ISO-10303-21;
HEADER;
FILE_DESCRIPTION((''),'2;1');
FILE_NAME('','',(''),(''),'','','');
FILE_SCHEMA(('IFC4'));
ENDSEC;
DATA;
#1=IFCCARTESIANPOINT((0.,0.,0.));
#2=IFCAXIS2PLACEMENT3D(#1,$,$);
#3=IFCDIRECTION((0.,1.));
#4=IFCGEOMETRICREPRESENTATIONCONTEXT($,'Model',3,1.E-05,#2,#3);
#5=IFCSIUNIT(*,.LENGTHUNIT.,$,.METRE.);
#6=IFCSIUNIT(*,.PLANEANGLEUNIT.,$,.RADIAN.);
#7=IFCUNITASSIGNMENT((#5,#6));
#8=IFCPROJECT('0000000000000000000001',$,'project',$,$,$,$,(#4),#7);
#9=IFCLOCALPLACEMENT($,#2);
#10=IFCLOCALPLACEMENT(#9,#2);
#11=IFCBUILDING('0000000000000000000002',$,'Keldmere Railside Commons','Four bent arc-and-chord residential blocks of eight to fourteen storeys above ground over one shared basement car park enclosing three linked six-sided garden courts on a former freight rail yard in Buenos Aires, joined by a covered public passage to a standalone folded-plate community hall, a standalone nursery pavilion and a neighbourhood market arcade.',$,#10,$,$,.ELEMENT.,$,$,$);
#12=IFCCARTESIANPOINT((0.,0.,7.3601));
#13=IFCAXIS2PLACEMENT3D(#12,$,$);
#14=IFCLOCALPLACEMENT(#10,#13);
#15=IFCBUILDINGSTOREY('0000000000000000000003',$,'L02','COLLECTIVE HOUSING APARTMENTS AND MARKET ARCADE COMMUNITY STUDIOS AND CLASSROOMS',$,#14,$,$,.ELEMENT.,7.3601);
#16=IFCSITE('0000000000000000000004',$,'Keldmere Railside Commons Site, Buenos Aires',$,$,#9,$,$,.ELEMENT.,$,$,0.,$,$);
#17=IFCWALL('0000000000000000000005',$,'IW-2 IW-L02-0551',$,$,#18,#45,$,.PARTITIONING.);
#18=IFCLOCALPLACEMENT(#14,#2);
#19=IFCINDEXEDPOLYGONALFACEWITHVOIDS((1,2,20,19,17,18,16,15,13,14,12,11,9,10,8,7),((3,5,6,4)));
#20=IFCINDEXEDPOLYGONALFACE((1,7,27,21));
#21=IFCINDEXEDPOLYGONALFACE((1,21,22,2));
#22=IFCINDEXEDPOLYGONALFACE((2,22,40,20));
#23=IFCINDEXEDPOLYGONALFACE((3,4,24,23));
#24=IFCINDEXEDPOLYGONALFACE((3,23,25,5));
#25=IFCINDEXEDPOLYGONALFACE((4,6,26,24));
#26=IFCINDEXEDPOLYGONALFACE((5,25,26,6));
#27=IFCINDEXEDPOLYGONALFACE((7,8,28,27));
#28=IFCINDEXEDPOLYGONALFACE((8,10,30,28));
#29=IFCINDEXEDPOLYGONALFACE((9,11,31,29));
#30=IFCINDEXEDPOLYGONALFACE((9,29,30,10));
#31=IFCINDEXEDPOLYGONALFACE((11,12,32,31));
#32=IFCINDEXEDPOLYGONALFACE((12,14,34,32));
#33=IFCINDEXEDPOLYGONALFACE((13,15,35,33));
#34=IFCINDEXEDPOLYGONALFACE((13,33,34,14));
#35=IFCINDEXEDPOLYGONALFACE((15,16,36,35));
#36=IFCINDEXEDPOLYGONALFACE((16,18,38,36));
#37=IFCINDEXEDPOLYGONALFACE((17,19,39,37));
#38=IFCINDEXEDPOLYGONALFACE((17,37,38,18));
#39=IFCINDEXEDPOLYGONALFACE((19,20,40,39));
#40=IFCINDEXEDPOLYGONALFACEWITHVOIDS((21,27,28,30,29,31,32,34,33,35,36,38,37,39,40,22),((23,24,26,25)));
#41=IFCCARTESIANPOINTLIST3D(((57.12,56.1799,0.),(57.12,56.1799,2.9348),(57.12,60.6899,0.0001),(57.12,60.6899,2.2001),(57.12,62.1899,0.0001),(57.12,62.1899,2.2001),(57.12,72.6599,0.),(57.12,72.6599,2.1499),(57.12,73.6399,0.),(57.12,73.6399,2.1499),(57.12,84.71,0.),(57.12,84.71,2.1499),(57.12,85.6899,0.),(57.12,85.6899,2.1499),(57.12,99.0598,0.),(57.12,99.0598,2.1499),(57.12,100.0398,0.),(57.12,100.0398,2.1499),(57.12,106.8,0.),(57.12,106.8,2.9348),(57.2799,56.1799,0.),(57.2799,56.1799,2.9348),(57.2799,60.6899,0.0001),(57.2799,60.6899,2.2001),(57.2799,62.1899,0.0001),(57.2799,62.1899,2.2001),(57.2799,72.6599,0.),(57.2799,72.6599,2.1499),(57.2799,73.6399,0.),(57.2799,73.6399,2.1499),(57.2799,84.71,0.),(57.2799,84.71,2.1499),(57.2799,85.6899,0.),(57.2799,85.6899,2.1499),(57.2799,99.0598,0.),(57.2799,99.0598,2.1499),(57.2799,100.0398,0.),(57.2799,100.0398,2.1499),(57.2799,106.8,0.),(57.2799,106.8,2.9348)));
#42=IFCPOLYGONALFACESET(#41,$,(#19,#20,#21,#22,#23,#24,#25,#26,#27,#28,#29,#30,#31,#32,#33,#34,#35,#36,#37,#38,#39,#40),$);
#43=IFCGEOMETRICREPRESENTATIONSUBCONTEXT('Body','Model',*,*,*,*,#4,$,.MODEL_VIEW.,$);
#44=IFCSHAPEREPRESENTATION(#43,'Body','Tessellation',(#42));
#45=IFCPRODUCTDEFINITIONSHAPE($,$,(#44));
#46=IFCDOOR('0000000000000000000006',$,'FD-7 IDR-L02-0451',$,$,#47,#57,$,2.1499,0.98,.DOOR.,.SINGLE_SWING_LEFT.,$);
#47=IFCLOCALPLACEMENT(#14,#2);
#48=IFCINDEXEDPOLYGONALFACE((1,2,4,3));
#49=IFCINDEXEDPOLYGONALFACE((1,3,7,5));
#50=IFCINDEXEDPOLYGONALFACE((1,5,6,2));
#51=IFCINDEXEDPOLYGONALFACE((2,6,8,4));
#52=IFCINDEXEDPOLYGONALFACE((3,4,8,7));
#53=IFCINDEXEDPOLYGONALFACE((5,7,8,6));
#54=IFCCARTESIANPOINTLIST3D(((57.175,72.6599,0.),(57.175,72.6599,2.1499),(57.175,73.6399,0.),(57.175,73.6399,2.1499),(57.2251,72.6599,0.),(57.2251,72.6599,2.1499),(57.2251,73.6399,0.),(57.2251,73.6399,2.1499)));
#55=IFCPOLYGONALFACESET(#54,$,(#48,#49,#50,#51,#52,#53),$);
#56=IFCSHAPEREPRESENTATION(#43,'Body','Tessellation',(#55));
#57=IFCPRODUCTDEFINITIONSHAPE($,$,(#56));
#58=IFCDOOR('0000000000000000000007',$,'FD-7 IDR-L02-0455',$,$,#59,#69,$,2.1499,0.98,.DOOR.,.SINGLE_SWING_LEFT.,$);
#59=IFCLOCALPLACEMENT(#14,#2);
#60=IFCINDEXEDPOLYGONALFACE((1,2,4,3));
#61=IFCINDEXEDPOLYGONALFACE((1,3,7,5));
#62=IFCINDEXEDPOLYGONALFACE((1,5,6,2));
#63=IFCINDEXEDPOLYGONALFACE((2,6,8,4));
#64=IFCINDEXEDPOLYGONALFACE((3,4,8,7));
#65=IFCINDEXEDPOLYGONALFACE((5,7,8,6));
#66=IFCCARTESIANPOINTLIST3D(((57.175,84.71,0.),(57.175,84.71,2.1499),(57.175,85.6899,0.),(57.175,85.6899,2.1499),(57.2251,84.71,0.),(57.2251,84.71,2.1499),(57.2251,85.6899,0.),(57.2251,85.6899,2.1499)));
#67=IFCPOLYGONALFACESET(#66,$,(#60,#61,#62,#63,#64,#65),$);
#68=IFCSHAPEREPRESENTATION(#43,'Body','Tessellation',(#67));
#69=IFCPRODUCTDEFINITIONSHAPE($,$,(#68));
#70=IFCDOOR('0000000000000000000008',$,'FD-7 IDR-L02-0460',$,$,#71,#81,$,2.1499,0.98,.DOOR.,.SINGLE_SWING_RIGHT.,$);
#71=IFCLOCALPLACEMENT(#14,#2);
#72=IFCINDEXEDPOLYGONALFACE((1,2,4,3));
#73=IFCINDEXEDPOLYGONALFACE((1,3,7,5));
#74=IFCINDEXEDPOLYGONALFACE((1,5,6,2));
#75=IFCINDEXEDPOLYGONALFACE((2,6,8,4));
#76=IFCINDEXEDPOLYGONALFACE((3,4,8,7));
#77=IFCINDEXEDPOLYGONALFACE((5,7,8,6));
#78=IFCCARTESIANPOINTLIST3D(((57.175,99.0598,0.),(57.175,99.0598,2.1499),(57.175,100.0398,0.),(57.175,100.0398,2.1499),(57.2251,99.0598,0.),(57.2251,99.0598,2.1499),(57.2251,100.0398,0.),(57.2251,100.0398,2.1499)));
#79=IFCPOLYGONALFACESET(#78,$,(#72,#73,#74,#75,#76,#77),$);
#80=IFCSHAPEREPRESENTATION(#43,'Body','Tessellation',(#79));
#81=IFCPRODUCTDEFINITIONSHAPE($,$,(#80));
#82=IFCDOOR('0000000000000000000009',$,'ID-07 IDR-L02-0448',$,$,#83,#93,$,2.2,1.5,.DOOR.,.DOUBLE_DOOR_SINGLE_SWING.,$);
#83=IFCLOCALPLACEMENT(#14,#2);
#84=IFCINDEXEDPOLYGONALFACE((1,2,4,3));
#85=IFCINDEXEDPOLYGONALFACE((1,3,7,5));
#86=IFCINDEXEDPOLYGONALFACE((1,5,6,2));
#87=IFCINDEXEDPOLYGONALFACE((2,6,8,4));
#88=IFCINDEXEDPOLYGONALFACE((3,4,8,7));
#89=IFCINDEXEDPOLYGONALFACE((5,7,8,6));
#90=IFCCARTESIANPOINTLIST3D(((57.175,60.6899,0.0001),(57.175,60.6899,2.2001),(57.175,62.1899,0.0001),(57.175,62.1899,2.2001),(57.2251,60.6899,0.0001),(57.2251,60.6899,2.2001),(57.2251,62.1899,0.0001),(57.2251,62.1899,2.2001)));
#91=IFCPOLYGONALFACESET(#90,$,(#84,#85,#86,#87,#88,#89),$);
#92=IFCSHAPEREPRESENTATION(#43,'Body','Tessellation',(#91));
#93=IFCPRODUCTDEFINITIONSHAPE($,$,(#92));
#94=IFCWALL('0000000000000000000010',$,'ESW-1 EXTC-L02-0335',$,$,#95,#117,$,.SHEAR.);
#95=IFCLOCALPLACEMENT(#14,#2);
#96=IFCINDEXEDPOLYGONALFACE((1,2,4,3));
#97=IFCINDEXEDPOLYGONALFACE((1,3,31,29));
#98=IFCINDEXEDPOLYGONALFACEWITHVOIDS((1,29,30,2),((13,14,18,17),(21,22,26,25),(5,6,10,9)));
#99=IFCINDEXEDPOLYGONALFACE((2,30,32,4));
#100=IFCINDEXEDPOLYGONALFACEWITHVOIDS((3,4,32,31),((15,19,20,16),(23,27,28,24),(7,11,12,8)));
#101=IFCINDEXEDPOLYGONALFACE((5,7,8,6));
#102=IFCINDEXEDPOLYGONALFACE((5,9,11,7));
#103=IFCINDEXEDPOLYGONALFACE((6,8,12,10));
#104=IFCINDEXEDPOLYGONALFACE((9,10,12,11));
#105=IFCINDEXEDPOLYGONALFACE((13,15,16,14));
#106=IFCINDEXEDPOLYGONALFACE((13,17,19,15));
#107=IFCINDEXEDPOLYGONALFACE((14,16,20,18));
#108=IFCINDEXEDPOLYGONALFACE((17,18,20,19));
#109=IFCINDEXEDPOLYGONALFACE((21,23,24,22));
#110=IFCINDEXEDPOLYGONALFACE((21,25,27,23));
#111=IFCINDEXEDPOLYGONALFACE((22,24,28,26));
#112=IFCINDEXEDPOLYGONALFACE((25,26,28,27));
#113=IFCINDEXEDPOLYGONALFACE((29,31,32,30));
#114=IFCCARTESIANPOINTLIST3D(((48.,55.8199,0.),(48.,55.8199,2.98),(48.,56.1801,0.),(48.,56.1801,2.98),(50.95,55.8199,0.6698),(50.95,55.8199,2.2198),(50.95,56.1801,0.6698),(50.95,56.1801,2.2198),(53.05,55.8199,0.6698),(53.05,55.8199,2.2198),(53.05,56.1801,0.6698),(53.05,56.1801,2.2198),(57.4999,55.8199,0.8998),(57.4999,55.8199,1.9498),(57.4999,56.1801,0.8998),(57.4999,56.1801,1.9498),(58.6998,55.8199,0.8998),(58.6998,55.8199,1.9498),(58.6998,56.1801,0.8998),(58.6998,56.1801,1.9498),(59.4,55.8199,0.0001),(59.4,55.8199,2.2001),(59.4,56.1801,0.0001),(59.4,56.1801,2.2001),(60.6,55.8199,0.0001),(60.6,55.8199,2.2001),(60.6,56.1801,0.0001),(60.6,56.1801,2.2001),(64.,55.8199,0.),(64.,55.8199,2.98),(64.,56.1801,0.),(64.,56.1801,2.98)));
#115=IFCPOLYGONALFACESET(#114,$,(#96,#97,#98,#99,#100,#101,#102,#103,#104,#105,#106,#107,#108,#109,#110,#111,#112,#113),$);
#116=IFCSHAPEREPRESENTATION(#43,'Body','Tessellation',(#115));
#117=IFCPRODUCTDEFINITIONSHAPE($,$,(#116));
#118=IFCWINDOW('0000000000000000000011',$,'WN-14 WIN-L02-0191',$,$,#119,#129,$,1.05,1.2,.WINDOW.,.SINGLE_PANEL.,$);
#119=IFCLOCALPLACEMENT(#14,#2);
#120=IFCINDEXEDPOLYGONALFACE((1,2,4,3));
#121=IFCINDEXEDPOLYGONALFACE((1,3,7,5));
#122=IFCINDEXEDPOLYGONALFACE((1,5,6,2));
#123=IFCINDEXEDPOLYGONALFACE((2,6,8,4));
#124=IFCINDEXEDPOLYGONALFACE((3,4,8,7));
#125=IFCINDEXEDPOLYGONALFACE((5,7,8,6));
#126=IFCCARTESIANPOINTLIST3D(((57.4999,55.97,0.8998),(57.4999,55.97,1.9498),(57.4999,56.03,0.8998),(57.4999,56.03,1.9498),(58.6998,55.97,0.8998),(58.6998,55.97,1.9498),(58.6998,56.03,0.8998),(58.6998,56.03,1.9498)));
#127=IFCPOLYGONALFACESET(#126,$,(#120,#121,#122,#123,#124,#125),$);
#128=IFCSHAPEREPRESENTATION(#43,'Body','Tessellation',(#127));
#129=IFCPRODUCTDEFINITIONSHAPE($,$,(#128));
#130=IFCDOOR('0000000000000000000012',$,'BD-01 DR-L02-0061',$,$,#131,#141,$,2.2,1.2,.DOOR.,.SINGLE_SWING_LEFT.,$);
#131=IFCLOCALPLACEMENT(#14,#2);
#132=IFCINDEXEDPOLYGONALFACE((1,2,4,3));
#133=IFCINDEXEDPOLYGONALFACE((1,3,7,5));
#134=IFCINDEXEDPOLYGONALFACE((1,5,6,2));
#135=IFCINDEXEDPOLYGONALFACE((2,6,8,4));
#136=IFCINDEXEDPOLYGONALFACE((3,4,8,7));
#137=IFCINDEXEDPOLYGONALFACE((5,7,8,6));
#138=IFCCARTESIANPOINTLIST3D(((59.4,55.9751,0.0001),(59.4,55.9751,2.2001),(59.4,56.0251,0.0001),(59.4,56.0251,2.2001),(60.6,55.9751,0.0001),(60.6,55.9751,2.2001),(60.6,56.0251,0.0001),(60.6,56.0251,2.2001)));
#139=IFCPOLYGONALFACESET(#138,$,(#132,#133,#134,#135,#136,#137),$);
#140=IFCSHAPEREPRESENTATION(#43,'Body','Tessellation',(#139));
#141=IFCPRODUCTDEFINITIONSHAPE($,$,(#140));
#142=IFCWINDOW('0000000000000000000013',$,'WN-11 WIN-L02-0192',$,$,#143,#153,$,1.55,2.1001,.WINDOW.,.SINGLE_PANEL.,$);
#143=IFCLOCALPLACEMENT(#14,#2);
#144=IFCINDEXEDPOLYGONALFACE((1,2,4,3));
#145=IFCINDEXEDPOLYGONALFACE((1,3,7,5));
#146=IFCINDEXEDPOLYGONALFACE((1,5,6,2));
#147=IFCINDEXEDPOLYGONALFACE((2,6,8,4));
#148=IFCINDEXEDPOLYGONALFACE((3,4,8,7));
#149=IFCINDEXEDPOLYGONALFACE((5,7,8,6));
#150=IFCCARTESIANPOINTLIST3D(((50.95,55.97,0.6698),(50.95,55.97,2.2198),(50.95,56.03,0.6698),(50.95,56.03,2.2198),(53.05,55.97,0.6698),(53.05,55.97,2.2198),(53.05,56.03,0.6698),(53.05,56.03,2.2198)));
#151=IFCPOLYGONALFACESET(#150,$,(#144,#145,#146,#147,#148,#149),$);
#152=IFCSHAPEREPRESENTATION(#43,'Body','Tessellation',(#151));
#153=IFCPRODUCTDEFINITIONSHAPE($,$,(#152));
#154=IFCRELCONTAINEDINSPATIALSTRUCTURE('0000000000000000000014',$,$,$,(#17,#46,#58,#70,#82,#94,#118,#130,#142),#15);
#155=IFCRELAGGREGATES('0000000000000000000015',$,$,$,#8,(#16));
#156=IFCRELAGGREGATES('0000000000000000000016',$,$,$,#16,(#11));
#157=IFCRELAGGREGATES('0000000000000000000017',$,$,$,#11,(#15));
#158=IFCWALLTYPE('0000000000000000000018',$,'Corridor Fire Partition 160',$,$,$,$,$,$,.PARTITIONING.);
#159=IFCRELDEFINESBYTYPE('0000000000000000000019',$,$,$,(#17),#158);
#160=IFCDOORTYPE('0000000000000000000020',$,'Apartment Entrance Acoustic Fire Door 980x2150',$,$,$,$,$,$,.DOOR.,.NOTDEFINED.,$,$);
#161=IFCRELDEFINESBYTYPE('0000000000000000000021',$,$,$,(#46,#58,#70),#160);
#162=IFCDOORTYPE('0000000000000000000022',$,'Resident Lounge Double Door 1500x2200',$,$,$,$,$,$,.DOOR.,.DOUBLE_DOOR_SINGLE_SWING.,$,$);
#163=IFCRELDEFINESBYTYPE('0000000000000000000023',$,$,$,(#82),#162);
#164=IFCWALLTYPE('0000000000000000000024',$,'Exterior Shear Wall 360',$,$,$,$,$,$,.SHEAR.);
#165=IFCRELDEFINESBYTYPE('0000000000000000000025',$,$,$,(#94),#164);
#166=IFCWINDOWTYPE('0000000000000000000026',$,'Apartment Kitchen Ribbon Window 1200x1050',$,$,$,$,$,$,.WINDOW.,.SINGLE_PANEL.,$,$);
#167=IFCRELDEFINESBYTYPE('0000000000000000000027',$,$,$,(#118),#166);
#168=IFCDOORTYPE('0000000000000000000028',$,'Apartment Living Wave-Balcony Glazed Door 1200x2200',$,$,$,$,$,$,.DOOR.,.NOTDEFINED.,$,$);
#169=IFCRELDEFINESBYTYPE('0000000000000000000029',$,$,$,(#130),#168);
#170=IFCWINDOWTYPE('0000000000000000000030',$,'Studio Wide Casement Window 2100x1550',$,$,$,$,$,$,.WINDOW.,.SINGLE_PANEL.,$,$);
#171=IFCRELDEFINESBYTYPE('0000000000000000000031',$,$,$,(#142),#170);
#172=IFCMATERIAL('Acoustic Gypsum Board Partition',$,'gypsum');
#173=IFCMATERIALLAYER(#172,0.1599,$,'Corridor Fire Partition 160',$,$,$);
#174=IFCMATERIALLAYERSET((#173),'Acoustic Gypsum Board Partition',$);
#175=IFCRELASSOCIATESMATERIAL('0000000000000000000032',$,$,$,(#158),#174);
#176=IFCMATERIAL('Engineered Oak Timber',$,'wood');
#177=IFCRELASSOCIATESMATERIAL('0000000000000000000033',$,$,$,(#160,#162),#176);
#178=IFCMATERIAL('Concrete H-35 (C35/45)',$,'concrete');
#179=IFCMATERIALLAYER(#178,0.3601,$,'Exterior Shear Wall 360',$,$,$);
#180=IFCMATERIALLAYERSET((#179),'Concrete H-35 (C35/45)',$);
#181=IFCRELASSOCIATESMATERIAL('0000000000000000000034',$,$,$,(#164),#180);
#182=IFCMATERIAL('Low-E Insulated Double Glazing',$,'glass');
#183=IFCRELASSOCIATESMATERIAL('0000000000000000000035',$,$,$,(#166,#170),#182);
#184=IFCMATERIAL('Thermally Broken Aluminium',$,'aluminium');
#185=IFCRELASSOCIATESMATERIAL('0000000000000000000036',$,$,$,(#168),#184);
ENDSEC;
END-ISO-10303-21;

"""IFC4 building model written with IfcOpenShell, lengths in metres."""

from ifc_helpers import new_model, si_unit, direction, frame, frame_2d, origin, place, context, subcontext, project, spatial, rectangle, extrude, material, layer, layer_set, type_object, element, fill, save


model = new_model("IFC4")

# Units and contexts
model_context = context("Model", 3, precision=1e-05, world=origin(), true_north=direction((0.0, 1.0)))
body_context = subcontext(model_context, "Body", "Model", "MODEL_VIEW")
ifc_project = project(units=[si_unit("LENGTHUNIT", "METRE"), si_unit("PLANEANGLEUNIT", "RADIAN")], contexts=[model_context])

# Site, building, storey
site_placement = place(None, origin())
site = spatial("IfcSite", under=ifc_project, at=site_placement, Name="Keldmere Railside Commons Site, Buenos Aires", CompositionType="ELEMENT", RefElevation=0.0)
building_placement = place(site_placement, origin())
building = spatial("IfcBuilding", under=site, at=building_placement, Name="Keldmere Railside Commons", Description="Four bent arc-and-chord residential blocks of eight to fourteen storeys above ground over one shared basement car park enclosing three linked six-sided garden courts on a former freight rail yard in Buenos Aires, joined by a covered public passage to a standalone folded-plate community hall, a standalone nursery pavilion and a neighbourhood market arcade.", CompositionType="ELEMENT")
storey_placement = place(building_placement, frame((0.0, 0.0, 7.3601)))
storey = spatial("IfcBuildingStorey", under=building, at=storey_placement, Name="L02", Description="COLLECTIVE HOUSING APARTMENTS AND MARKET ARCADE COMMUNITY STUDIOS AND CLASSROOMS", CompositionType="ELEMENT", Elevation=7.3601)

# Shared definitions
ifc_material_1 = material(Name="Concrete H-35 (C35/45)", Category="concrete")

# Wall, openings, doors
ifc_material_2 = material(Name="Acoustic Gypsum Board Partition", Category="gypsum")
ifc_layer_1 = layer(ifc_material_2, 0.1599, Name="Corridor Fire Partition 160")
ifc_layer_set_1 = layer_set([ifc_layer_1], Name="Acoustic Gypsum Board Partition")
wall_type_1 = type_object("IfcWallType", Name="Corridor Fire Partition 160", PredefinedType="PARTITIONING", material=ifc_layer_set_1)
wall_1_placement = place(storey_placement, frame((57.2, 56.1799, 0.0), z_axis=(0.0, 0.0, 1.0), x_axis=(0.0, 1.0, 0.0)))
wall_1 = element("IfcWall", 1, at=wall_1_placement, inside=storey, type_object=wall_type_1, Name="IW-2 IW-L02-0551", PredefinedType="PARTITIONING", context=body_context, shape_type="SweptSolid", body=[
    extrude(rectangle(XDim=50.6201, YDim=0.1599, at=frame_2d((25.3101, 0.0))), origin(), (0.0, 0.0, 1.0), 2.9348),
])
opening_1_placement = place(wall_1_placement, frame((4.51, 0.0, 0.0)))
opening_1 = element("IfcOpeningElement", 2, at=opening_1_placement, cuts=wall_1, PredefinedType="OPENING", context=body_context, shape_type="SweptSolid", body=[
    extrude(rectangle(XDim=1.5, YDim=2.2, at=frame_2d((0.75, 1.1001))), frame((0.0, 0.0898, 0.0), z_axis=(0.0, -1.0, 0.0), x_axis=(1.0, 0.0, 0.0)), (0.0, 0.0, 1.0), 0.1799),
])
opening_2_placement = place(wall_1_placement, frame((16.48, 0.0, 0.0)))
opening_2 = element("IfcOpeningElement", 3, at=opening_2_placement, cuts=wall_1, PredefinedType="OPENING", context=body_context, shape_type="SweptSolid", body=[
    extrude(rectangle(XDim=0.98, YDim=2.1499, at=frame_2d((0.49, 1.075))), frame((0.0, 0.0898, 0.0), z_axis=(0.0, -1.0, 0.0), x_axis=(1.0, 0.0, 0.0)), (0.0, 0.0, 1.0), 0.1799),
])
opening_3_placement = place(wall_1_placement, frame((28.53, 0.0, 0.0)))
opening_3 = element("IfcOpeningElement", 4, at=opening_3_placement, cuts=wall_1, PredefinedType="OPENING", context=body_context, shape_type="SweptSolid", body=[
    extrude(rectangle(XDim=0.98, YDim=2.1499, at=frame_2d((0.49, 1.075))), frame((0.0, 0.0898, 0.0), z_axis=(0.0, -1.0, 0.0), x_axis=(1.0, 0.0, 0.0)), (0.0, 0.0, 1.0), 0.1799),
])
opening_4_placement = place(wall_1_placement, frame((42.8799, 0.0, 0.0)))
opening_4 = element("IfcOpeningElement", 5, at=opening_4_placement, cuts=wall_1, PredefinedType="OPENING", context=body_context, shape_type="SweptSolid", body=[
    extrude(rectangle(XDim=0.98, YDim=2.1499, at=frame_2d((0.49, 1.075))), frame((0.0, 0.0898, 0.0), z_axis=(0.0, -1.0, 0.0), x_axis=(1.0, 0.0, 0.0)), (0.0, 0.0, 1.0), 0.1799),
])
ifc_material_3 = material(Name="Engineered Oak Timber", Category="wood")
door_type_1 = type_object("IfcDoorType", Name="Apartment Entrance Acoustic Fire Door 980x2150", OperationType="NOTDEFINED", PredefinedType="DOOR", material=ifc_material_3)
door_1_placement = place(opening_2_placement, origin())
door_1 = element("IfcDoor", 6, at=door_1_placement, inside=storey, type_object=door_type_1, Name="FD-7 IDR-L02-0451", OperationType="SINGLE_SWING_LEFT", OverallHeight=2.1499, OverallWidth=0.98, PredefinedType="DOOR", context=body_context, shape_type="SweptSolid", body=[
    extrude(rectangle(XDim=0.98, YDim=2.1499, at=frame_2d((0.49, 1.075))), frame((0.0, 0.0249, 0.0), z_axis=(0.0, -1.0, 0.0), x_axis=(1.0, 0.0, 0.0)), (0.0, 0.0, 1.0), 0.05),
])
fill(opening_2, door_1)
door_2_placement = place(opening_3_placement, origin())
door_2 = element("IfcDoor", 7, at=door_2_placement, inside=storey, type_object=door_type_1, Name="FD-7 IDR-L02-0455", OperationType="SINGLE_SWING_LEFT", OverallHeight=2.1499, OverallWidth=0.98, PredefinedType="DOOR", context=body_context, shape_type="SweptSolid", body=[
    extrude(rectangle(XDim=0.98, YDim=2.1499, at=frame_2d((0.49, 1.075))), frame((0.0, 0.0249, 0.0), z_axis=(0.0, -1.0, 0.0), x_axis=(1.0, 0.0, 0.0)), (0.0, 0.0, 1.0), 0.05),
])
fill(opening_3, door_2)
door_3_placement = place(opening_4_placement, origin())
door_3 = element("IfcDoor", 8, at=door_3_placement, inside=storey, type_object=door_type_1, Name="FD-7 IDR-L02-0460", OperationType="SINGLE_SWING_RIGHT", OverallHeight=2.1499, OverallWidth=0.98, PredefinedType="DOOR", context=body_context, shape_type="SweptSolid", body=[
    extrude(rectangle(XDim=0.98, YDim=2.1499, at=frame_2d((0.49, 1.075))), frame((0.0, 0.0249, 0.0), z_axis=(0.0, -1.0, 0.0), x_axis=(1.0, 0.0, 0.0)), (0.0, 0.0, 1.0), 0.05),
])
fill(opening_4, door_3)
door_type_2 = type_object("IfcDoorType", Name="Resident Lounge Double Door 1500x2200", OperationType="DOUBLE_DOOR_SINGLE_SWING", PredefinedType="DOOR", material=ifc_material_3)
door_4_placement = place(opening_1_placement, origin())
door_4 = element("IfcDoor", 9, at=door_4_placement, inside=storey, type_object=door_type_2, Name="ID-07 IDR-L02-0448", OperationType="DOUBLE_DOOR_SINGLE_SWING", OverallHeight=2.2, OverallWidth=1.5, PredefinedType="DOOR", context=body_context, shape_type="SweptSolid", body=[
    extrude(rectangle(XDim=1.5, YDim=2.2, at=frame_2d((0.75, 1.1001))), frame((0.0, 0.0249, 0.0), z_axis=(0.0, -1.0, 0.0), x_axis=(1.0, 0.0, 0.0)), (0.0, 0.0, 1.0), 0.05),
])
fill(opening_1, door_4)

# Wall, openings, windows, door
ifc_layer_2 = layer(ifc_material_1, 0.3601, Name="Exterior Shear Wall 360")
ifc_layer_set_2 = layer_set([ifc_layer_2], Name="Concrete H-35 (C35/45)")
wall_type_2 = type_object("IfcWallType", Name="Exterior Shear Wall 360", PredefinedType="SHEAR", material=ifc_layer_set_2)
wall_2_placement = place(storey_placement, frame((64.0, 56.0, 0.0), z_axis=(0.0, 0.0, 1.0), x_axis=(-1.0, 0.0, 0.0)))
wall_2 = element("IfcWall", 10, at=wall_2_placement, inside=storey, type_object=wall_type_2, Name="ESW-1 EXTC-L02-0335", PredefinedType="SHEAR", context=body_context, shape_type="SweptSolid", body=[
    extrude(rectangle(XDim=16.0, YDim=0.3601, at=frame_2d((8.0, 0.0))), origin(), (0.0, 0.0, 1.0), 2.98),
])
opening_5_placement = place(wall_2_placement, frame((3.3999, 0.0, 0.0)))
opening_5 = element("IfcOpeningElement", 11, at=opening_5_placement, cuts=wall_2, PredefinedType="OPENING", context=body_context, shape_type="SweptSolid", body=[
    extrude(rectangle(XDim=1.2, YDim=2.2, at=frame_2d((0.6001, 1.1001))), frame((0.0, 0.1899, 0.0), z_axis=(0.0, -1.0, 0.0), x_axis=(1.0, 0.0, 0.0)), (0.0, 0.0, 1.0), 0.3801),
])
opening_6_placement = place(wall_2_placement, frame((5.3, 0.0, 0.8999)))
opening_6 = element("IfcOpeningElement", 12, at=opening_6_placement, cuts=wall_2, PredefinedType="OPENING", context=body_context, shape_type="SweptSolid", body=[
    extrude(rectangle(XDim=1.2, YDim=1.05, at=frame_2d((0.6001, 0.5249))), frame((0.0, 0.1899, 0.0), z_axis=(0.0, -1.0, 0.0), x_axis=(1.0, 0.0, 0.0)), (0.0, 0.0, 1.0), 0.3801),
])
opening_7_placement = place(wall_2_placement, frame((10.95, 0.0, 0.6699)))
opening_7 = element("IfcOpeningElement", 13, at=opening_7_placement, cuts=wall_2, PredefinedType="OPENING", context=body_context, shape_type="SweptSolid", body=[
    extrude(rectangle(XDim=2.1001, YDim=1.55, at=frame_2d((1.05, 0.7749))), frame((0.0, 0.1899, 0.0), z_axis=(0.0, -1.0, 0.0), x_axis=(1.0, 0.0, 0.0)), (0.0, 0.0, 1.0), 0.3801),
])
ifc_material_4 = material(Name="Low-E Insulated Double Glazing", Category="glass")
window_type_1 = type_object("IfcWindowType", Name="Apartment Kitchen Ribbon Window 1200x1050", PartitioningType="SINGLE_PANEL", PredefinedType="WINDOW", material=ifc_material_4)
window_1_placement = place(opening_6_placement, origin())
window_1 = element("IfcWindow", 14, at=window_1_placement, inside=storey, type_object=window_type_1, Name="WN-14 WIN-L02-0191", OverallHeight=1.05, OverallWidth=1.2, PartitioningType="SINGLE_PANEL", PredefinedType="WINDOW", context=body_context, shape_type="SweptSolid", body=[
    extrude(rectangle(XDim=1.2, YDim=1.05, at=frame_2d((0.6001, 0.5249))), frame((0.0, 0.03, 0.0), z_axis=(0.0, -1.0, 0.0), x_axis=(1.0, 0.0, 0.0)), (0.0, 0.0, 1.0), 0.0601),
])
fill(opening_6, window_1)
ifc_material_5 = material(Name="Thermally Broken Aluminium", Category="aluminium")
door_type_3 = type_object("IfcDoorType", Name="Apartment Living Wave-Balcony Glazed Door 1200x2200", OperationType="NOTDEFINED", PredefinedType="DOOR", material=ifc_material_5)
door_5_placement = place(opening_5_placement, origin())
door_5 = element("IfcDoor", 15, at=door_5_placement, inside=storey, type_object=door_type_3, Name="BD-01 DR-L02-0061", OperationType="SINGLE_SWING_LEFT", OverallHeight=2.2, OverallWidth=1.2, PredefinedType="DOOR", context=body_context, shape_type="SweptSolid", body=[
    extrude(rectangle(XDim=1.2, YDim=2.2, at=frame_2d((0.6001, 1.1001))), frame((0.0, 0.0249, 0.0), z_axis=(0.0, -1.0, 0.0), x_axis=(1.0, 0.0, 0.0)), (0.0, 0.0, 1.0), 0.05),
])
fill(opening_5, door_5)
window_type_2 = type_object("IfcWindowType", Name="Studio Wide Casement Window 2100x1550", PartitioningType="SINGLE_PANEL", PredefinedType="WINDOW", material=ifc_material_4)
window_2_placement = place(opening_7_placement, origin())
window_2 = element("IfcWindow", 16, at=window_2_placement, inside=storey, type_object=window_type_2, Name="WN-11 WIN-L02-0192", OverallHeight=1.55, OverallWidth=2.1001, PartitioningType="SINGLE_PANEL", PredefinedType="WINDOW", context=body_context, shape_type="SweptSolid", body=[
    extrude(rectangle(XDim=2.1001, YDim=1.55, at=frame_2d((1.05, 0.7749))), frame((0.0, 0.03, 0.0), z_axis=(0.0, -1.0, 0.0), x_axis=(1.0, 0.0, 0.0)), (0.0, 0.0, 1.0), 0.0601),
])
fill(opening_7, window_2)

save(model, "model.ifc")
